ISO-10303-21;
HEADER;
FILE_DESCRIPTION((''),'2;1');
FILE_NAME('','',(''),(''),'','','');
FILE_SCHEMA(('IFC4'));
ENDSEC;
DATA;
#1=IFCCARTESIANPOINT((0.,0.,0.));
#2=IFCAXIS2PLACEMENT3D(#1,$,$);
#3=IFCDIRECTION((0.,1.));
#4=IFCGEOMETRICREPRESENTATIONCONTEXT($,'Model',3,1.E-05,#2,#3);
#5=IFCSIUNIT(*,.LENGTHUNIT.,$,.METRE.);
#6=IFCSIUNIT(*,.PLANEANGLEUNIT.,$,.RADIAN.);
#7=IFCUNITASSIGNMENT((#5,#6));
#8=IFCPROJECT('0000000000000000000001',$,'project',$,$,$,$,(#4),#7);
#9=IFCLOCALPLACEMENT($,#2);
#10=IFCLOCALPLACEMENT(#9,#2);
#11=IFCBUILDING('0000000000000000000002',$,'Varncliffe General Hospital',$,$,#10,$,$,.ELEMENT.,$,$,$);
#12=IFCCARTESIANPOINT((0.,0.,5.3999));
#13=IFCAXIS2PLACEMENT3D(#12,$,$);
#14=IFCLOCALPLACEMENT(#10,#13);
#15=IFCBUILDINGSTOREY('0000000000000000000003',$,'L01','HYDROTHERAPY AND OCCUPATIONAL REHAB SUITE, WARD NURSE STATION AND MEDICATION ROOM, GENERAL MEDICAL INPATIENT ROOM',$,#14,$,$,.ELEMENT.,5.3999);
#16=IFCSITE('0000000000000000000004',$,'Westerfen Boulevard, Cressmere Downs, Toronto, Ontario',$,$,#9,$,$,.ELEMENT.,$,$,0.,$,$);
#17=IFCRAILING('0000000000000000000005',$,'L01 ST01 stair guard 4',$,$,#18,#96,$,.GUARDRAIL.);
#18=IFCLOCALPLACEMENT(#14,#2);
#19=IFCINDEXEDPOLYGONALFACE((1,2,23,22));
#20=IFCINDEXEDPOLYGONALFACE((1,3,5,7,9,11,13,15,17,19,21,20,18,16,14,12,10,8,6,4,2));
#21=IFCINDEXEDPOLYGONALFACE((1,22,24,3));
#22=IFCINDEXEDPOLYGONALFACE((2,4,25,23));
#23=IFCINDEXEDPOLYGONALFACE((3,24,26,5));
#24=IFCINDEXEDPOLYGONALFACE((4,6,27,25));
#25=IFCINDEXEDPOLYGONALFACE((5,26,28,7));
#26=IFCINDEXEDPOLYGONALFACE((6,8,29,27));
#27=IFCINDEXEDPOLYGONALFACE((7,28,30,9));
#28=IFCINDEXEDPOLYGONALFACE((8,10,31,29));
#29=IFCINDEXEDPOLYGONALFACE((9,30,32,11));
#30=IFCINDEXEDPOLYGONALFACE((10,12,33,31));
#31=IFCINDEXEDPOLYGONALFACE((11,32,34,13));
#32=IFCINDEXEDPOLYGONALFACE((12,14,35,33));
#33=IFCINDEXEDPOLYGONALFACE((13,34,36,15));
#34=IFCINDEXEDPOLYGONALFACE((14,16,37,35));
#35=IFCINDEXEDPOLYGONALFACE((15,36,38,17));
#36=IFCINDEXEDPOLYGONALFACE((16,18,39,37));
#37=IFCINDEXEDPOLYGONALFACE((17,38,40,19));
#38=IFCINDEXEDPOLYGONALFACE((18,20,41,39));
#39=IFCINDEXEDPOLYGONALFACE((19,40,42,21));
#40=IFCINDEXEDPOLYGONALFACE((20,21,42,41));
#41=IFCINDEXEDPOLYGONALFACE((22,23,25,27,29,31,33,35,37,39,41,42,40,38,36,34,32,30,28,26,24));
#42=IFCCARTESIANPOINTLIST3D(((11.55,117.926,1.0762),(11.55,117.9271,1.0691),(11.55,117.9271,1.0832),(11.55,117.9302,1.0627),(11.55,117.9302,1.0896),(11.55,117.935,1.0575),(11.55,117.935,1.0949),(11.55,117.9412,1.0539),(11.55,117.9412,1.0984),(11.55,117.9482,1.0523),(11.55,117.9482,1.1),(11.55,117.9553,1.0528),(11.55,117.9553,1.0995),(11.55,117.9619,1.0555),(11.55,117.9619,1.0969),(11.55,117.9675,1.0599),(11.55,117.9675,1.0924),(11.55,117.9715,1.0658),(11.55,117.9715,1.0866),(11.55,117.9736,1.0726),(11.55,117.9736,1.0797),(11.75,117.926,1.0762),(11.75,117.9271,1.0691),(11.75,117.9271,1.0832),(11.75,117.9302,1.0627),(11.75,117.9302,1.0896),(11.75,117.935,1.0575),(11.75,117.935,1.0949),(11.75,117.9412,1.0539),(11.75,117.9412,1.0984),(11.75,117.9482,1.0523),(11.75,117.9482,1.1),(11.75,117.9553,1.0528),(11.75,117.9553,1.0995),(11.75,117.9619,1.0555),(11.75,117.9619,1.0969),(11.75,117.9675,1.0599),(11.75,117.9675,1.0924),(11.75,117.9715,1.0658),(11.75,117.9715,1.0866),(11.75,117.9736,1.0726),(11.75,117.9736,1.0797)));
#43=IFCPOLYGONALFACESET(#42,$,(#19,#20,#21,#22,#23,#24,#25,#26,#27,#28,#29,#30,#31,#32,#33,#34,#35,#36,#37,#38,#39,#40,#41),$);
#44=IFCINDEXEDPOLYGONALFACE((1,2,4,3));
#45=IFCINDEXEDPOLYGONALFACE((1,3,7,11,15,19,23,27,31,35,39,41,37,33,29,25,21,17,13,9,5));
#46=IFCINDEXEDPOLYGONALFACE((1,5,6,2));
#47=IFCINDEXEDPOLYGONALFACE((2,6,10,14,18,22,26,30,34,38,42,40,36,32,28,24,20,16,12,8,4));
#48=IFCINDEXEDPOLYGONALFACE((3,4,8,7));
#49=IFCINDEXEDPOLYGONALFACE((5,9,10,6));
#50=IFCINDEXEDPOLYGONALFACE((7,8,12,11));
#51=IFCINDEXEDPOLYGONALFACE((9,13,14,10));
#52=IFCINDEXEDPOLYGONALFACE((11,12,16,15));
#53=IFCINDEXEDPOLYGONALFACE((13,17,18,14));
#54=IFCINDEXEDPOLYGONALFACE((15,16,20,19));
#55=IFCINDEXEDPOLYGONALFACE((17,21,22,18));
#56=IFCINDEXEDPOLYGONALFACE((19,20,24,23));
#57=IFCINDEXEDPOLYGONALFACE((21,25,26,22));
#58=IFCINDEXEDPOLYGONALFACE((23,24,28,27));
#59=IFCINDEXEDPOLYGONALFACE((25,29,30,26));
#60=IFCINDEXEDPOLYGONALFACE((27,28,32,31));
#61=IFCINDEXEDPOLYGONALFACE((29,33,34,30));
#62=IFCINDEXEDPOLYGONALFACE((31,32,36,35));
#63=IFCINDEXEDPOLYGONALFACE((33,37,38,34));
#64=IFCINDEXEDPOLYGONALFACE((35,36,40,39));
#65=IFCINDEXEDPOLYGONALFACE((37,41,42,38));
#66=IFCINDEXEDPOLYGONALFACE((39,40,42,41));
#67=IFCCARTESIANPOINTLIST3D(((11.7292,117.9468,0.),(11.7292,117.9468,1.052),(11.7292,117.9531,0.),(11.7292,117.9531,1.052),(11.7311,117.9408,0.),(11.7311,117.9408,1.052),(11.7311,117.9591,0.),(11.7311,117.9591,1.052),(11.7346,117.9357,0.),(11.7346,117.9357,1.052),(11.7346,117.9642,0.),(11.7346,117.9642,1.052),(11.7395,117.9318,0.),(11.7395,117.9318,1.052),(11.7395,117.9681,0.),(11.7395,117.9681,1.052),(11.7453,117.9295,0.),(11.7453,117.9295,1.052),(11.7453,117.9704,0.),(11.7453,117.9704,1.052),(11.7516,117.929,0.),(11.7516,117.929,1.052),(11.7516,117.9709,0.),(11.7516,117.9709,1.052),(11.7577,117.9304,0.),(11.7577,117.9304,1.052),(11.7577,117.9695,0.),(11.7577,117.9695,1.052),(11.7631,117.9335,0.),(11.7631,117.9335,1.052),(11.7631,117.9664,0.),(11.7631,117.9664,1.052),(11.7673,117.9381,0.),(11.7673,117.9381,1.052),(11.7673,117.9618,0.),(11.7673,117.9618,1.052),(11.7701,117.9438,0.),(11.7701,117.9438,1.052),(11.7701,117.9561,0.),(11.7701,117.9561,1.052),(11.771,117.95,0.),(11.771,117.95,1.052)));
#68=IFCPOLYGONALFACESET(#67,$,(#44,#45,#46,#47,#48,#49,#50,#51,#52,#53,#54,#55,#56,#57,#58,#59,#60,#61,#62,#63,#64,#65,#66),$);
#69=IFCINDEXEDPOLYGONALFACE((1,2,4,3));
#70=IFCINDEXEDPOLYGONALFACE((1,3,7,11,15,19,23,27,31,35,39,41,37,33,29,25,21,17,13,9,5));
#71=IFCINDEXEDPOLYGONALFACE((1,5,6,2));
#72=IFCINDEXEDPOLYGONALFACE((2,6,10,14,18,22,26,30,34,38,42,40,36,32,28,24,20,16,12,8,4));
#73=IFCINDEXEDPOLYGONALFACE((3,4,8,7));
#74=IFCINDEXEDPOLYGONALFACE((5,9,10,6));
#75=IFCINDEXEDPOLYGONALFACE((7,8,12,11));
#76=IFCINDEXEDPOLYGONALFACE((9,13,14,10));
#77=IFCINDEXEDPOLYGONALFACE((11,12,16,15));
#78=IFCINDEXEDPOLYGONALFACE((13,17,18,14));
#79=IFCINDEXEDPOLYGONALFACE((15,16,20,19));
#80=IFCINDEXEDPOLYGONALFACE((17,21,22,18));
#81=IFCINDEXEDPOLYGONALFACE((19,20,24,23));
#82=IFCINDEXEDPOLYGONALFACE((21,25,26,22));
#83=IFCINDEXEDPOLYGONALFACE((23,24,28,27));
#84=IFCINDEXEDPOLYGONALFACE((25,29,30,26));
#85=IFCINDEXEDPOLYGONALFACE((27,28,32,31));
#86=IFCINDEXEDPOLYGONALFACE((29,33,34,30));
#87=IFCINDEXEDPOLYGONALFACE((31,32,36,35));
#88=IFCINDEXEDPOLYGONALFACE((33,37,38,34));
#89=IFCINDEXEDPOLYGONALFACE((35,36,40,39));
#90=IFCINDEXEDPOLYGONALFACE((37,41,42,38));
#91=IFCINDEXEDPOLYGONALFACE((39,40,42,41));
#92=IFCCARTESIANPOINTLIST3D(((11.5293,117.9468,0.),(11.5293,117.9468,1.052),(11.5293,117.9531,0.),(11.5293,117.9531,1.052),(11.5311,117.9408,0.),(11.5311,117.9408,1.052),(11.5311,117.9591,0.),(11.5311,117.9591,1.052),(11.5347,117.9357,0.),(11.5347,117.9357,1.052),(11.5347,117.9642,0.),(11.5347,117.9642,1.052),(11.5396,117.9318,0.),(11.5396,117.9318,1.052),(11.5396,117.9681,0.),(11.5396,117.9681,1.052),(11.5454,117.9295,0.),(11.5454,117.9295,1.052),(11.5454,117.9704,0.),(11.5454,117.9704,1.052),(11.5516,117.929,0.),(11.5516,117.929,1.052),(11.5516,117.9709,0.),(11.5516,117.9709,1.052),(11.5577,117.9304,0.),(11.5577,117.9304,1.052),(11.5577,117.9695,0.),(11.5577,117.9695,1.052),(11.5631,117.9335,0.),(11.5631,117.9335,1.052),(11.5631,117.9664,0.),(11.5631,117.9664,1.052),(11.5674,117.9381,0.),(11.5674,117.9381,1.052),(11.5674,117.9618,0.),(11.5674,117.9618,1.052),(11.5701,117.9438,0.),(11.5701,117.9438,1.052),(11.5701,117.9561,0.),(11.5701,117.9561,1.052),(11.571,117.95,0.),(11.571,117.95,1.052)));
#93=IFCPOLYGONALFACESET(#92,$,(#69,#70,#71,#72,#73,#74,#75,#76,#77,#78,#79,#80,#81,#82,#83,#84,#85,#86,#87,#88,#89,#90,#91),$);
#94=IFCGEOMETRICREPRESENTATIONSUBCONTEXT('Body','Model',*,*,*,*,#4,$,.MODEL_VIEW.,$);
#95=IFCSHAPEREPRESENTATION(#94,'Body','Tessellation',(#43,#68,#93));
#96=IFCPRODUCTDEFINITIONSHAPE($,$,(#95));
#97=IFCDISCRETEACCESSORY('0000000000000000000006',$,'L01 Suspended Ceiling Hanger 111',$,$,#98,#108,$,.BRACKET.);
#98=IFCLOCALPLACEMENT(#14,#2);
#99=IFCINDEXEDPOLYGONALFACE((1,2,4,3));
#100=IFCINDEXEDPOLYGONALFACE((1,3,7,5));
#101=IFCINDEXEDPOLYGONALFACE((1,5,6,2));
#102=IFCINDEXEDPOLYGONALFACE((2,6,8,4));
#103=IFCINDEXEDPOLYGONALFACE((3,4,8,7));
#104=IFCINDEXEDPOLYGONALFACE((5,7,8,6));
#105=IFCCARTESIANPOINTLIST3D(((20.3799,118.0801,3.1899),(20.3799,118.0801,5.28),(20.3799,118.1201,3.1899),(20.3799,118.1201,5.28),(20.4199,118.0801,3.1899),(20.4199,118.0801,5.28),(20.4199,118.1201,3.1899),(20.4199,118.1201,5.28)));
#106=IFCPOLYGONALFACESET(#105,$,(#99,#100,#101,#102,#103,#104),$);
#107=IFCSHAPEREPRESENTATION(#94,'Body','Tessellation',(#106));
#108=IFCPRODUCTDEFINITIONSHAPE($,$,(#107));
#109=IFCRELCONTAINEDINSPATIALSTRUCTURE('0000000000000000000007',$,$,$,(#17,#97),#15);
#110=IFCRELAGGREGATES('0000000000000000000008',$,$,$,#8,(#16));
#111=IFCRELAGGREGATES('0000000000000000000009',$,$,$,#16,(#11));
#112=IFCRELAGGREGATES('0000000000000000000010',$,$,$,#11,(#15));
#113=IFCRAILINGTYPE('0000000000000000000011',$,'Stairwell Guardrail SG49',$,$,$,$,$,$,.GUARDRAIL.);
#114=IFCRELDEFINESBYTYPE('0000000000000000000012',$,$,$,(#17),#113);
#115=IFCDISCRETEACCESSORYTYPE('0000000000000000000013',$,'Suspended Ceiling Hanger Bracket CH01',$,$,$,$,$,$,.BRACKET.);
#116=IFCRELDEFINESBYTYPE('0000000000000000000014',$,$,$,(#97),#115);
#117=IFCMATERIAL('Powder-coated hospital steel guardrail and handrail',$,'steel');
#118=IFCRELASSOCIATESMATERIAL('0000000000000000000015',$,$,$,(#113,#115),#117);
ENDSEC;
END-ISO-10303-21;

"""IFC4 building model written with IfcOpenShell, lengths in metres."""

from ifc_helpers import new_model, si_unit, direction, frame, origin, origin_2d, place, context, subcontext, project, spatial, rectangle, circle, extrude, material, type_object, element, save


model = new_model("IFC4")

# Units and contexts
model_context = context("Model", 3, precision=1e-05, world=origin(), true_north=direction((0.0, 1.0)))
body_context = subcontext(model_context, "Body", "Model", "MODEL_VIEW")
ifc_project = project(units=[si_unit("LENGTHUNIT", "METRE"), si_unit("PLANEANGLEUNIT", "RADIAN")], contexts=[model_context])

# Site, building, storey
site_placement = place(None, origin())
site = spatial("IfcSite", under=ifc_project, at=site_placement, Name="Westerfen Boulevard, Cressmere Downs, Toronto, Ontario", CompositionType="ELEMENT", RefElevation=0.0)
building_placement = place(site_placement, origin())
building = spatial("IfcBuilding", under=site, at=building_placement, Name="Varncliffe General Hospital", CompositionType="ELEMENT")
storey_placement = place(building_placement, frame((0.0, 0.0, 5.3999)))
storey = spatial("IfcBuildingStorey", under=building, at=storey_placement, Name="L01", Description="HYDROTHERAPY AND OCCUPATIONAL REHAB SUITE, WARD NURSE STATION AND MEDICATION ROOM, GENERAL MEDICAL INPATIENT ROOM", CompositionType="ELEMENT", Elevation=5.3999)

# Railing
ifc_material_1 = material(Name="Powder-coated hospital steel guardrail and handrail", Category="steel")
railing_type_1 = type_object("IfcRailingType", Name="Stairwell Guardrail SG49", PredefinedType="GUARDRAIL", material=ifc_material_1)
railing_1_placement = place(storey_placement, frame((11.75, 117.95, 0.0)))
element("IfcRailing", 1, at=railing_1_placement, inside=storey, type_object=railing_type_1, Name="L01 ST01 stair guard 4", PredefinedType="GUARDRAIL", context=body_context, shape_type="SweptSolid", body=[
    extrude(circle(Radius=0.0239, at=origin_2d()), frame((0.0, 0.0, 1.0762), z_axis=(-1.0, 0.0, 0.0), x_axis=(0.0, -1.0, 0.0)), (0.0, 0.0, 1.0), 0.2),
    extrude(circle(Radius=0.021, at=origin_2d()), origin(), (0.0, 0.0, 1.0), 1.052),
    extrude(circle(Radius=0.021, at=origin_2d()), frame((-0.2, 0.0, 0.0)), (0.0, 0.0, 1.0), 1.052),
])

# Discrete accessory
discrete_accessory_type = type_object("IfcDiscreteAccessoryType", Name="Suspended Ceiling Hanger Bracket CH01", PredefinedType="BRACKET", material=ifc_material_1)
discrete_accessory_placement = place(storey_placement, frame((20.3999, 118.1001, 3.1899), z_axis=(0.0, 0.0, 1.0), x_axis=(1.0, 0.0, 0.0)))
element("IfcDiscreteAccessory", 2, at=discrete_accessory_placement, inside=storey, type_object=discrete_accessory_type, Name="L01 Suspended Ceiling Hanger 111", PredefinedType="BRACKET", context=body_context, shape_type="SweptSolid", body=[
    extrude(rectangle(XDim=0.04, YDim=0.04, at=origin_2d()), origin(), (0.0, 0.0, 1.0), 2.0901),
])

save(model, "model.ifc")
